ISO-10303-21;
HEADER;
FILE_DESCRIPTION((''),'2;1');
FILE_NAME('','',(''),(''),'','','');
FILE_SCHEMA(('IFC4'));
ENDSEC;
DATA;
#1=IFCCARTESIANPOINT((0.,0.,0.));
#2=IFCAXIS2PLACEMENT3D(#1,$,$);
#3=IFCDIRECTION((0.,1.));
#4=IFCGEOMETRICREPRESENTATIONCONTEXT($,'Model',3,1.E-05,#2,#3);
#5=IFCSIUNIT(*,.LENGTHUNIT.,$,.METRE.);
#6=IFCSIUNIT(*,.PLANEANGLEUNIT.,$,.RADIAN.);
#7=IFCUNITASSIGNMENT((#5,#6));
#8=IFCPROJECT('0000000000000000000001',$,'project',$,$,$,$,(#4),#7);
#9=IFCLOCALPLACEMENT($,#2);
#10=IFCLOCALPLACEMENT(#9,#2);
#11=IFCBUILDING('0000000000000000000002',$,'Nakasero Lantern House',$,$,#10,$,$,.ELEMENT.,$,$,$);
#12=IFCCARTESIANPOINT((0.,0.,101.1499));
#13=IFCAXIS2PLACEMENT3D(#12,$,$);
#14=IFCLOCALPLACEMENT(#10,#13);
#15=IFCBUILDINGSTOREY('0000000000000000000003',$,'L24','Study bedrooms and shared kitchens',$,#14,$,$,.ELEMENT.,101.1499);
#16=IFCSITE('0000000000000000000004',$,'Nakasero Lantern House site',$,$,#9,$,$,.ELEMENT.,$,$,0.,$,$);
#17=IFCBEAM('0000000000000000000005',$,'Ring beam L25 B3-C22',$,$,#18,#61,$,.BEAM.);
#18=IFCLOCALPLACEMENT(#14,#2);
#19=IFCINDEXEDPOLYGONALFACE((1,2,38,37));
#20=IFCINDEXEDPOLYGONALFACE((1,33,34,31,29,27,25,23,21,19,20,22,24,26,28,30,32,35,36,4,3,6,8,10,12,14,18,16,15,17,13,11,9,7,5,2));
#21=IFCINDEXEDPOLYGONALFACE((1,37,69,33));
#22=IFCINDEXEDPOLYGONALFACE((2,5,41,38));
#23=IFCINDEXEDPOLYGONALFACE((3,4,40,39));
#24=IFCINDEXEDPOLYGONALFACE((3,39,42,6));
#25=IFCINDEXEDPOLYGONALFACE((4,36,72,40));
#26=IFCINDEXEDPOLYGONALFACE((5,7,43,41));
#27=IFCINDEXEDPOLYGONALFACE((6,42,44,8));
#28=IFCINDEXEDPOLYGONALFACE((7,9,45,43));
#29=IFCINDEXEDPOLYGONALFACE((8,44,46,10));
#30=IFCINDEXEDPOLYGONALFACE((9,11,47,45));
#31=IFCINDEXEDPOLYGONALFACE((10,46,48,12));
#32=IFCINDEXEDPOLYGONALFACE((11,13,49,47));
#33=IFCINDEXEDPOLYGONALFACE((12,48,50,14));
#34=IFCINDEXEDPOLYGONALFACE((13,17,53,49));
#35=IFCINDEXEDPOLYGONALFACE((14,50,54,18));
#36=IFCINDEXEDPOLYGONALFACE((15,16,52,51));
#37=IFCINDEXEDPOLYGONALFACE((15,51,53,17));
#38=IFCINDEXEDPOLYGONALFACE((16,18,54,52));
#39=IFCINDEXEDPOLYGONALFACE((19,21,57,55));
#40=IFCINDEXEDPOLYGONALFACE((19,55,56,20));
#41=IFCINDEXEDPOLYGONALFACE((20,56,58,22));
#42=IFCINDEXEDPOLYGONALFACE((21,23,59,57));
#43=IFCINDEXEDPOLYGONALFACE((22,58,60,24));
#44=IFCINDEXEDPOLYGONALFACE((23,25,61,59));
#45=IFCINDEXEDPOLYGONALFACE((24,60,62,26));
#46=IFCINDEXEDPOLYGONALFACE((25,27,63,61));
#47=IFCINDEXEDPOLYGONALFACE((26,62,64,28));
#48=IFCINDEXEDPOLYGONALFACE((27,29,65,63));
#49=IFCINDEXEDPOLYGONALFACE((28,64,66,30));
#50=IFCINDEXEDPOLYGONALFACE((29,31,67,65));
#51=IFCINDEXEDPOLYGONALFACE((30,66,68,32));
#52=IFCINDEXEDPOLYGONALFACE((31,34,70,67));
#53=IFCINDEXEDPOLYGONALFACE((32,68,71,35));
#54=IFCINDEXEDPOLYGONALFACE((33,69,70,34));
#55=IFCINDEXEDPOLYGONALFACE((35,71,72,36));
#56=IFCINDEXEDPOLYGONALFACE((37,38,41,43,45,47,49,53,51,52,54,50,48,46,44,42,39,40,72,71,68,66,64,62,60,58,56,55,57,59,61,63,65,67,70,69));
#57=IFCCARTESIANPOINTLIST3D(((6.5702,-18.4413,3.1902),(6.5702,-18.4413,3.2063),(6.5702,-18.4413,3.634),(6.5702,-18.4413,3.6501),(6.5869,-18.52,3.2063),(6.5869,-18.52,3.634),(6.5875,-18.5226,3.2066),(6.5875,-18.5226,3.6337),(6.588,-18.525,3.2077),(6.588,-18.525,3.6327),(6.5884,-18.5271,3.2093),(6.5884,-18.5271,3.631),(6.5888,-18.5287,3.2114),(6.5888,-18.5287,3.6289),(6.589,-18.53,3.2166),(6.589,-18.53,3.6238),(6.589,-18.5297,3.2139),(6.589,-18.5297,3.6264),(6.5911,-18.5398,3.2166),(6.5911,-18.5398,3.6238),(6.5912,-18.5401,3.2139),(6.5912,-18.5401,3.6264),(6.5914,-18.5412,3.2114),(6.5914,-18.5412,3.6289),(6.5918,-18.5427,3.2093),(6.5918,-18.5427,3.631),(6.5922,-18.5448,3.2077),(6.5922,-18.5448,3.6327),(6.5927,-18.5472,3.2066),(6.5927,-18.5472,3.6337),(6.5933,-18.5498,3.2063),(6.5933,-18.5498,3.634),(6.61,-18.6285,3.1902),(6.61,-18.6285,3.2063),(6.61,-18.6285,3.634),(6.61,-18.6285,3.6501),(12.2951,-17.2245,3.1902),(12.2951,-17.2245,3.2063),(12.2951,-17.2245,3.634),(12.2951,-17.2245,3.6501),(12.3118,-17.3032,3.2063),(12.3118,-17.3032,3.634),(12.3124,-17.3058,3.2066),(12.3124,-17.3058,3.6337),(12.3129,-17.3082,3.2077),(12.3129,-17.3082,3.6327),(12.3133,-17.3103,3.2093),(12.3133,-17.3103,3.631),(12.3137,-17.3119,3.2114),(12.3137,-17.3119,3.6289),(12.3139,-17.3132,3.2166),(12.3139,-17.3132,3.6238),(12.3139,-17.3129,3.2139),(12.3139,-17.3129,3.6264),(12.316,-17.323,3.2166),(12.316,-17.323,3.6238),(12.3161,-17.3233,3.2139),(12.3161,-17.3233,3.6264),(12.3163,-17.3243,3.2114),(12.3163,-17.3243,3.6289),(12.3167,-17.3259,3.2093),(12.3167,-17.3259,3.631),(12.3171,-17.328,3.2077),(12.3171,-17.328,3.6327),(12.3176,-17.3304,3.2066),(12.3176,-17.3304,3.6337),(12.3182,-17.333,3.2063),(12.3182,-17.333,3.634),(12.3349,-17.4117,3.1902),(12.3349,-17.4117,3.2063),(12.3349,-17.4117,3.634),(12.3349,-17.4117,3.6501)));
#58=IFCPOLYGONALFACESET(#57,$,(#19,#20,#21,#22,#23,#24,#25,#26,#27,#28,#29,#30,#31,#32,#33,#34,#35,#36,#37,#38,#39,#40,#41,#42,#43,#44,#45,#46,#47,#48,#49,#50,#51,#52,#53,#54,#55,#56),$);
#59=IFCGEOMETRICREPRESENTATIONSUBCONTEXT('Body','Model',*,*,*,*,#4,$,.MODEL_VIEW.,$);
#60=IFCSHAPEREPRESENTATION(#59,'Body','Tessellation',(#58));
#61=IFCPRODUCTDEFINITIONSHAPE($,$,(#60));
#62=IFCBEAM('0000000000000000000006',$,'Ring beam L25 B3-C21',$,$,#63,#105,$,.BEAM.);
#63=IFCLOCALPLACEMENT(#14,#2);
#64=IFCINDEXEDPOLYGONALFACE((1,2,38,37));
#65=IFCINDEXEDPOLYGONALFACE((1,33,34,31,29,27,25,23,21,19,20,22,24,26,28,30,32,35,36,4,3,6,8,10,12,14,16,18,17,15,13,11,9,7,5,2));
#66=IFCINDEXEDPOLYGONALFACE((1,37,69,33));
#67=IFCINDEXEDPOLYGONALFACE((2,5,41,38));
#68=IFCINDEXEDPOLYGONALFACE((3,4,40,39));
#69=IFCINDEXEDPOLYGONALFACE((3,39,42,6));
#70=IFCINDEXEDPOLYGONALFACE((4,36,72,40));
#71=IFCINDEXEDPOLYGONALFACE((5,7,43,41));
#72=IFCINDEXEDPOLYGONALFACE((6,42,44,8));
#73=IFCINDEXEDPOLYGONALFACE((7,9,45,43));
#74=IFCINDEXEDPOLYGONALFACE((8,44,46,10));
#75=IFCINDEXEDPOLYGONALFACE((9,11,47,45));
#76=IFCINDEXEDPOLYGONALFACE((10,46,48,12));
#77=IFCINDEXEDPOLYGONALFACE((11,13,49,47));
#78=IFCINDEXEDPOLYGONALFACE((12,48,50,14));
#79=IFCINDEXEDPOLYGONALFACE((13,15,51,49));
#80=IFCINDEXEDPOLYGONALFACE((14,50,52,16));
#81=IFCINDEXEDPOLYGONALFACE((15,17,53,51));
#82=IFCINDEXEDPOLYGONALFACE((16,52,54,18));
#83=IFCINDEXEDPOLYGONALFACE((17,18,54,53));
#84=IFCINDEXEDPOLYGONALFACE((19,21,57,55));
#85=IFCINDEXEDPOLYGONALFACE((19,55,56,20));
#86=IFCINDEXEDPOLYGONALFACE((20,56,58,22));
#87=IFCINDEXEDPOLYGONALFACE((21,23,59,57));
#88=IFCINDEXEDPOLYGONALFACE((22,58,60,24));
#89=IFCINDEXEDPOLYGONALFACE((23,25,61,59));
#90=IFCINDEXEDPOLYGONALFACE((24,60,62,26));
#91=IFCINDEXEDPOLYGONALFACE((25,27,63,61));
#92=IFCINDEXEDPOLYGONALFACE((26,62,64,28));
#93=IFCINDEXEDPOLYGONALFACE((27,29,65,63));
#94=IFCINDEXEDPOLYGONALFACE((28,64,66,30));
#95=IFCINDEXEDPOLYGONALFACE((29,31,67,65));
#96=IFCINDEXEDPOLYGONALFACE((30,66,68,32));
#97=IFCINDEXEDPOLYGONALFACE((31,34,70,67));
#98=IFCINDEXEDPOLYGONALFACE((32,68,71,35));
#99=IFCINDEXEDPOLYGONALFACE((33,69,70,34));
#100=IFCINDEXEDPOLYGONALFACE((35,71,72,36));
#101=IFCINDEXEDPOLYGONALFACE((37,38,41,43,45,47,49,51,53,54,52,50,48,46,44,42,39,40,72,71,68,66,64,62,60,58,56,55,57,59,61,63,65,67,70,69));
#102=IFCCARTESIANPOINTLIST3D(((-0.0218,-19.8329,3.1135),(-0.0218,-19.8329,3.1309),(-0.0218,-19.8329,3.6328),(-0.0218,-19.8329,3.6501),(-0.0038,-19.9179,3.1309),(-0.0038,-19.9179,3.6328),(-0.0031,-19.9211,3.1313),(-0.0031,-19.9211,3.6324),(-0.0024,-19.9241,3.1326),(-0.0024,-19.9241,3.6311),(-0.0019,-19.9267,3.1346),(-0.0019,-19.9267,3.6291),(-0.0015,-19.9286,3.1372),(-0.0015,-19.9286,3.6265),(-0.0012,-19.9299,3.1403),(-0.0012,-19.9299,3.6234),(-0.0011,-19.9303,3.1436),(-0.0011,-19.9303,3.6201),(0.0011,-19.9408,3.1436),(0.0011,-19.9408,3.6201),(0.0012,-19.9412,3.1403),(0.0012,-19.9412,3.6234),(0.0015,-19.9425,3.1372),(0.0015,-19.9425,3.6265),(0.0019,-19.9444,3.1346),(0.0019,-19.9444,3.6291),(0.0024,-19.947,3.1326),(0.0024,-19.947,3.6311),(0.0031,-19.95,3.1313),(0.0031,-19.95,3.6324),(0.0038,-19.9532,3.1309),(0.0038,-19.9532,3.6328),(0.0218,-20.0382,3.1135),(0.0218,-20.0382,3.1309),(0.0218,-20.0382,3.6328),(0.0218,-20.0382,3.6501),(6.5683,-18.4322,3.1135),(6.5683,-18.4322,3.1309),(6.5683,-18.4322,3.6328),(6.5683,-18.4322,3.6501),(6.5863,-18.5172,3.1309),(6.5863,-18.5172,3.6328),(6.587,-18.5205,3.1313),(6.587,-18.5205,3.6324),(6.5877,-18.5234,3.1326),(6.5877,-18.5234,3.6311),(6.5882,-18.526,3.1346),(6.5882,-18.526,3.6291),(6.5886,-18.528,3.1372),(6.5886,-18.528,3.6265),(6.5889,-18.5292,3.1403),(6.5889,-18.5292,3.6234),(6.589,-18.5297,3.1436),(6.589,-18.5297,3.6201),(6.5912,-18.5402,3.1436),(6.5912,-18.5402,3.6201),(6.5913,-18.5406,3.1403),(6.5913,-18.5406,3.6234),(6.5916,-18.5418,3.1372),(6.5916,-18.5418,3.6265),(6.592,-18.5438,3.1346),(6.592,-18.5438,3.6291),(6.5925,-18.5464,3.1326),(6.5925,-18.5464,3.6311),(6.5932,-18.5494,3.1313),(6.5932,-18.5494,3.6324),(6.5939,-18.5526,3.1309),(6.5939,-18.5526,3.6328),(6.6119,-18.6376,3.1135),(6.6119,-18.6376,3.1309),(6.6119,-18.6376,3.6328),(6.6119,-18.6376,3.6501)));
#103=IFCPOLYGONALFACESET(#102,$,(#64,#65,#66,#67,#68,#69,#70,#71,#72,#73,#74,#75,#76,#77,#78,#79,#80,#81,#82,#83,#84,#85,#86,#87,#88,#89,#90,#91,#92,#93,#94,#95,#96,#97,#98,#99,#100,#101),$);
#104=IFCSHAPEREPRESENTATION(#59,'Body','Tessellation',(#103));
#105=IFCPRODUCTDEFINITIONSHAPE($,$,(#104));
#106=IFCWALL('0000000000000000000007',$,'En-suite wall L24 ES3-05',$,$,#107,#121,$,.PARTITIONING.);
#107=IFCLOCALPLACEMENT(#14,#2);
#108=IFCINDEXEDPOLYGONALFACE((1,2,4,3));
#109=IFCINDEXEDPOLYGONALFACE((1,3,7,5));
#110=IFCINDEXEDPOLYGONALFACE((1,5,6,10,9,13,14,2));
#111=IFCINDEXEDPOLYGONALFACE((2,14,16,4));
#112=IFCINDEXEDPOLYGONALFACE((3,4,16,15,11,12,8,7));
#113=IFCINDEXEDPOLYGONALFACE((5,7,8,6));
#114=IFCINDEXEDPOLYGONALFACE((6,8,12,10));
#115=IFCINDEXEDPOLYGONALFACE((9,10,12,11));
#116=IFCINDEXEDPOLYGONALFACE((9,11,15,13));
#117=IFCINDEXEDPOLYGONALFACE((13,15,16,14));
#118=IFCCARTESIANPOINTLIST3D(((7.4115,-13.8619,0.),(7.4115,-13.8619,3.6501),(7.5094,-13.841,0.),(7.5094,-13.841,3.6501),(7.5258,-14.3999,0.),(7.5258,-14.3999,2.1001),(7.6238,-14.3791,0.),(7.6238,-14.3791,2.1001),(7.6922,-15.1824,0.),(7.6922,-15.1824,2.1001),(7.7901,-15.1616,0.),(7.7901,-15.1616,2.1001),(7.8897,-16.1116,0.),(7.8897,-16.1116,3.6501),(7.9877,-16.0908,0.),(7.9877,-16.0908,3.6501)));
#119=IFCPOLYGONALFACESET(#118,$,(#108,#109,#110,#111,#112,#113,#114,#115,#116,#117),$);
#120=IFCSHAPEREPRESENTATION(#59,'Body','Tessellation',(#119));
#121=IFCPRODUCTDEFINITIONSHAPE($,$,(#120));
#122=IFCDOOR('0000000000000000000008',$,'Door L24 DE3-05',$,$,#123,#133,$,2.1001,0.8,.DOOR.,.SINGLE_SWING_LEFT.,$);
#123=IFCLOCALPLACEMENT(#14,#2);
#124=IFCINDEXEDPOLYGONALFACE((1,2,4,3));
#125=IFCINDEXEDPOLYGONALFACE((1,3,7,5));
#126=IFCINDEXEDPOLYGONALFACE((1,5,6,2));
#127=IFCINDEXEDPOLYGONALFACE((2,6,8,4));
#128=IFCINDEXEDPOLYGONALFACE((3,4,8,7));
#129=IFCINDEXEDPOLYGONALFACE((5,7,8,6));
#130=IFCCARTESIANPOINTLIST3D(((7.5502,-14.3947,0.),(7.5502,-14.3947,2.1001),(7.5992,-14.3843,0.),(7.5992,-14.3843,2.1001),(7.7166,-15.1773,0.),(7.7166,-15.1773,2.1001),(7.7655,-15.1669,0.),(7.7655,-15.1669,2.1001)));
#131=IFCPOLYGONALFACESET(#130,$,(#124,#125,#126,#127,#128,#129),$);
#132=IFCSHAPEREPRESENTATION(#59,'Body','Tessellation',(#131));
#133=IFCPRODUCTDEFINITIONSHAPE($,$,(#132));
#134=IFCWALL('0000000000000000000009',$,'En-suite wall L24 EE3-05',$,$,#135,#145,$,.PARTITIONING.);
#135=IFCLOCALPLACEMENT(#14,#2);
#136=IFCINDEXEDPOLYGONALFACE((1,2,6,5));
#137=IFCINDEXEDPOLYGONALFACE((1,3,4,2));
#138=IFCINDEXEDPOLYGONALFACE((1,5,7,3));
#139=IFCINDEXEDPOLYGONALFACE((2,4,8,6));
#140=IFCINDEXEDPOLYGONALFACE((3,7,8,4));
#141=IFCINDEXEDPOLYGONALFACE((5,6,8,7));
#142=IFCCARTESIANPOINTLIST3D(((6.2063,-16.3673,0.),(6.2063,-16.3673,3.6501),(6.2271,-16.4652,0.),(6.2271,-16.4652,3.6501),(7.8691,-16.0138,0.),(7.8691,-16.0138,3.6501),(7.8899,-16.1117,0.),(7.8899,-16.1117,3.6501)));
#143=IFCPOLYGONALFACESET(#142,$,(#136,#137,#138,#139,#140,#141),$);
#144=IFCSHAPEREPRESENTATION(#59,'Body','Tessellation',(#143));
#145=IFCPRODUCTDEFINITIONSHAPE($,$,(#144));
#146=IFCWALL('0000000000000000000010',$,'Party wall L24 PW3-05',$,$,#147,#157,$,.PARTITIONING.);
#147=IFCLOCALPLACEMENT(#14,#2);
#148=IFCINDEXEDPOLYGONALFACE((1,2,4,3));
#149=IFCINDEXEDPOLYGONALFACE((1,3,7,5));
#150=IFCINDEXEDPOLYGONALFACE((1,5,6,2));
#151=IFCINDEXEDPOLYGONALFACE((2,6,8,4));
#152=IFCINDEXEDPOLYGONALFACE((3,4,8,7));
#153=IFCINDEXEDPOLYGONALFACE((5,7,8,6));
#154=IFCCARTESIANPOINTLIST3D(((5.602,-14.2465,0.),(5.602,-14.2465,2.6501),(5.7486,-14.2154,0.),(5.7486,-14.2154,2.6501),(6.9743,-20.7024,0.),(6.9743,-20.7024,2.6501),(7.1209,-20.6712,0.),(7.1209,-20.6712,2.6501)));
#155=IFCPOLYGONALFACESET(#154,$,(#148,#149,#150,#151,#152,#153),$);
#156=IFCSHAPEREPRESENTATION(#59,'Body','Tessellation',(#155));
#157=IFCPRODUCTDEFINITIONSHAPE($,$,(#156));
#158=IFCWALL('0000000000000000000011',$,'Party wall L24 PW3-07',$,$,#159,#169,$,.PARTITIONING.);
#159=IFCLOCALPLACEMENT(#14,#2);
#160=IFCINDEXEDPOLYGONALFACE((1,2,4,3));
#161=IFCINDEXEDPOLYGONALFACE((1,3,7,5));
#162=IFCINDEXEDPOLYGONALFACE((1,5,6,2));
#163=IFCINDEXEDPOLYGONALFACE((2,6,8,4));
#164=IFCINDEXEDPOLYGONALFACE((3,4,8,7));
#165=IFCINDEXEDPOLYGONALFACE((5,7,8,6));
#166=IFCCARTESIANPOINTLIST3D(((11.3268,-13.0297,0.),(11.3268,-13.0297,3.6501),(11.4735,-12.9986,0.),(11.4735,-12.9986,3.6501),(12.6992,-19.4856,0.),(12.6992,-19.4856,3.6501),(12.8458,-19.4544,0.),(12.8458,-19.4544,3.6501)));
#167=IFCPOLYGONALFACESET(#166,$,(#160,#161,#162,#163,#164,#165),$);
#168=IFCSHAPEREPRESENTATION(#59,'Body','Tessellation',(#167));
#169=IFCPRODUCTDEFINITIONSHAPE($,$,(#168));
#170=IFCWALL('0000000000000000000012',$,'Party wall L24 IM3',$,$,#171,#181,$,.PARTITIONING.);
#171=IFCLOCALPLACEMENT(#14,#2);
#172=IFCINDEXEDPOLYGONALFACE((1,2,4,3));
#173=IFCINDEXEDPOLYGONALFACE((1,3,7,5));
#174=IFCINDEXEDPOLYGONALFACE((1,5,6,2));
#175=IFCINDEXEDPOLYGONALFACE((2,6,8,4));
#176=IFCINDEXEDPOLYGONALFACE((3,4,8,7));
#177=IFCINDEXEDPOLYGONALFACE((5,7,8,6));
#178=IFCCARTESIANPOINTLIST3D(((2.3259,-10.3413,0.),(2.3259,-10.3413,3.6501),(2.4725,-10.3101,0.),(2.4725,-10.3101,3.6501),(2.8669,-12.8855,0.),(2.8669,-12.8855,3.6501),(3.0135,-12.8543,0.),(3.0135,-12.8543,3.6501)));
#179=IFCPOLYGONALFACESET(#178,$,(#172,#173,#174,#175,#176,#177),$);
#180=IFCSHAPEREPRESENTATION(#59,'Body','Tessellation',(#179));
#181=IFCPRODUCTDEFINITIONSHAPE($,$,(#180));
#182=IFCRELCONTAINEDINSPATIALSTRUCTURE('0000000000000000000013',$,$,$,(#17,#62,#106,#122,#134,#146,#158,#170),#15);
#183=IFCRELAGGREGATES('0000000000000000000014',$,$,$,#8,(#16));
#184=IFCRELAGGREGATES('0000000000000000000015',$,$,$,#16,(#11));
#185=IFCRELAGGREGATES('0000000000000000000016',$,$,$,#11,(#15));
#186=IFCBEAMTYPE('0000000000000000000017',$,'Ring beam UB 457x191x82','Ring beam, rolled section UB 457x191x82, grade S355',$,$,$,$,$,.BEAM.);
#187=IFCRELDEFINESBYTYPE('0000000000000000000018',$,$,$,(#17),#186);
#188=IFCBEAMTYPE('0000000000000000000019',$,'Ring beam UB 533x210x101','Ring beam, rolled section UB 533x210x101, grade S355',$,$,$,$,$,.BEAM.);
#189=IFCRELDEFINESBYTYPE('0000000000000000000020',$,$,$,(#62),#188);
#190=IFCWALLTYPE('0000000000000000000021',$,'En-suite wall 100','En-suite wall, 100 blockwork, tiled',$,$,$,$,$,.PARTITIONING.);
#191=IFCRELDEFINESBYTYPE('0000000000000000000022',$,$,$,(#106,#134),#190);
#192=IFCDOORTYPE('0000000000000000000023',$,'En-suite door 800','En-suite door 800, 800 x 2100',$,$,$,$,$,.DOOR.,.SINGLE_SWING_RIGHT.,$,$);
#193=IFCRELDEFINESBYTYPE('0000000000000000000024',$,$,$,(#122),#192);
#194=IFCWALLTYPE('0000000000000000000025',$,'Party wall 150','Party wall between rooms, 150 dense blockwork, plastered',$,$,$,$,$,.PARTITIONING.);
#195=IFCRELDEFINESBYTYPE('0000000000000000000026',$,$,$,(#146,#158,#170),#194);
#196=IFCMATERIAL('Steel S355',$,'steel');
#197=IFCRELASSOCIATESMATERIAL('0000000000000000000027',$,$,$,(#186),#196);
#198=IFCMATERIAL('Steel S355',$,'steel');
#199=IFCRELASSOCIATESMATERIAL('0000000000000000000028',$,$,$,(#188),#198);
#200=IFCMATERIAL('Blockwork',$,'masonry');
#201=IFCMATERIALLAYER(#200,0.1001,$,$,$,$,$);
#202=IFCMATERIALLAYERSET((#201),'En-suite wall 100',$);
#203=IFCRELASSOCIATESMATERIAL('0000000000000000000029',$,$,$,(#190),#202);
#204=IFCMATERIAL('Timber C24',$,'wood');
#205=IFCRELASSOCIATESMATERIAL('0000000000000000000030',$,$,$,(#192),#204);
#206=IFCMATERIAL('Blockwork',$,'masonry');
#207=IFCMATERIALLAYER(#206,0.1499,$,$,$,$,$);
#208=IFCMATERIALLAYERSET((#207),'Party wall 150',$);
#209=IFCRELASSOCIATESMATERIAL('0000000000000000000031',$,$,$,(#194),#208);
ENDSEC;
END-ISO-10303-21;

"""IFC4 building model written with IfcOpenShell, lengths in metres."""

from ifc_helpers import new_model, si_unit, direction, frame, frame_2d, origin, origin_2d, place, context, subcontext, project, spatial, rectangle, i_section, extrude, material, layer, layer_set, material_profile, profile_set, type_object, element, fill, save


model = new_model("IFC4")

# Units and contexts
model_context = context("Model", 3, precision=1e-05, world=origin(), true_north=direction((0.0, 1.0)))
body_context = subcontext(model_context, "Body", "Model", "MODEL_VIEW")
ifc_project = project(units=[si_unit("LENGTHUNIT", "METRE"), si_unit("PLANEANGLEUNIT", "RADIAN")], contexts=[model_context])

# Site, building, storey
site_placement = place(None, origin())
site = spatial("IfcSite", under=ifc_project, at=site_placement, Name="Nakasero Lantern House site", CompositionType="ELEMENT", RefElevation=0.0)
building_placement = place(site_placement, origin())
building = spatial("IfcBuilding", under=site, at=building_placement, Name="Nakasero Lantern House", CompositionType="ELEMENT")
storey_placement = place(building_placement, frame((0.0, 0.0, 101.1499)))
storey = spatial("IfcBuildingStorey", under=building, at=storey_placement, Name="L24", Description="Study bedrooms and shared kitchens", CompositionType="ELEMENT", Elevation=101.1499)

# Beams
ifc_material_1 = material(Name="Steel S355", Category="steel")
ifc_material_profile_1 = material_profile(ifc_material_1, i_section(OverallWidth=0.1914, OverallDepth=0.46, WebThickness=0.01, FlangeThickness=0.0161, FilletRadius=0.0103, at=origin_2d()), Name="UB 457x191x82")
ifc_profile_set_1 = profile_set([ifc_material_profile_1], Name="Steel S355")
beam_type_1 = type_object("IfcBeamType", Name="Ring beam UB 457x191x82", Description="Ring beam, rolled section UB 457x191x82, grade S355", PredefinedType="BEAM", material=ifc_profile_set_1)
beam_1_placement = place(storey_placement, frame((6.5901, -18.5349, 3.4202), z_axis=(0.97815, 0.207902, 0.0), x_axis=(-0.207902, 0.97815, 0.0)))
element("IfcBeam", 1, at=beam_1_placement, inside=storey, type_object=beam_type_1, Name="Ring beam L25 B3-C22", PredefinedType="BEAM", context=body_context, shape_type="SweptSolid", body=[
    extrude(i_section(OverallWidth=0.1914, OverallDepth=0.46, WebThickness=0.01, FlangeThickness=0.0161, FilletRadius=0.0103, at=origin_2d()), origin(), (0.0, 0.0, 1.0), 5.8528),
])
ifc_material_2 = material(Name="Steel S355", Category="steel")
ifc_material_profile_2 = material_profile(ifc_material_2, i_section(OverallWidth=0.21, OverallDepth=0.5366, WebThickness=0.0107, FlangeThickness=0.0173, FilletRadius=0.0127, at=origin_2d()), Name="UB 533x210x101")
ifc_profile_set_2 = profile_set([ifc_material_profile_2], Name="Steel S355")
beam_type_2 = type_object("IfcBeamType", Name="Ring beam UB 533x210x101", Description="Ring beam, rolled section UB 533x210x101, grade S355", PredefinedType="BEAM", material=ifc_profile_set_2)
beam_2_placement = place(storey_placement, frame((0.0, -19.9355, 3.3818), z_axis=(0.978152, 0.207893, 0.0), x_axis=(-0.207893, 0.978152, 0.0)))
element("IfcBeam", 2, at=beam_2_placement, inside=storey, type_object=beam_type_2, Name="Ring beam L25 B3-C21", PredefinedType="BEAM", context=body_context, shape_type="SweptSolid", body=[
    extrude(i_section(OverallWidth=0.21, OverallDepth=0.5366, WebThickness=0.0107, FlangeThickness=0.0173, FilletRadius=0.0127, at=origin_2d()), origin(), (0.0, 0.0, 1.0), 6.7373),
])

# Wall, opening, door
ifc_material_3 = material(Name="Blockwork", Category="masonry")
ifc_layer_1 = layer(ifc_material_3, 0.1001)
ifc_layer_set_1 = layer_set([ifc_layer_1], Name="En-suite wall 100")
wall_type_1 = type_object("IfcWallType", Name="En-suite wall 100", Description="En-suite wall, 100 blockwork, tiled", PredefinedType="PARTITIONING", material=ifc_layer_set_1)
wall_1_placement = place(storey_placement, frame((7.4604, -13.8516, 0.0), z_axis=(0.0, 0.0, 1.0), x_axis=(0.207941, -0.978141, 0.0)))
wall_1 = element("IfcWall", 3, at=wall_1_placement, inside=storey, type_object=wall_type_1, Name="En-suite wall L24 ES3-05", PredefinedType="PARTITIONING", context=body_context, shape_type="SweptSolid", body=[
    extrude(rectangle(XDim=2.3, YDim=0.1001, at=frame_2d((1.1499, 0.0))), origin(), (0.0, 0.0, 1.0), 3.6501),
])
opening_placement = place(wall_1_placement, frame((0.55, 0.0, 0.0)))
opening = element("IfcOpeningElement", 4, at=opening_placement, cuts=wall_1, PredefinedType="OPENING", context=body_context, shape_type="SweptSolid", body=[
    extrude(rectangle(XDim=0.8, YDim=2.1001, at=frame_2d((0.3999, 1.05))), frame((0.0, 0.0701, 0.0), z_axis=(0.0, -1.0, 0.0), x_axis=(1.0, 0.0, 0.0)), (0.0, 0.0, 1.0), 0.1401),
])
ifc_material_4 = material(Name="Timber C24", Category="wood")
door_type = type_object("IfcDoorType", Name="En-suite door 800", Description="En-suite door 800, 800 x 2100", OperationType="SINGLE_SWING_RIGHT", PredefinedType="DOOR", material=ifc_material_4)
door_placement = place(opening_placement, origin())
door = element("IfcDoor", 5, at=door_placement, inside=storey, type_object=door_type, Name="Door L24 DE3-05", OperationType="SINGLE_SWING_LEFT", OverallHeight=2.1001, OverallWidth=0.8, PredefinedType="DOOR", context=body_context, shape_type="SweptSolid", body=[
    extrude(rectangle(XDim=0.8, YDim=2.1001, at=frame_2d((0.3999, 1.05))), frame((0.0, 0.0249, 0.0), z_axis=(0.0, -1.0, 0.0), x_axis=(1.0, 0.0, 0.0)), (0.0, 0.0, 1.0), 0.05),
])
fill(opening, door)

# Walls
wall_2_placement = place(storey_placement, frame((6.2166, -16.4163, 0.0), z_axis=(0.0, 0.0, 1.0), x_axis=(0.97814, 0.20795, 0.0)))
element("IfcWall", 6, at=wall_2_placement, inside=storey, type_object=wall_type_1, Name="En-suite wall L24 EE3-05", PredefinedType="PARTITIONING", context=body_context, shape_type="SweptSolid", body=[
    extrude(rectangle(XDim=1.7, YDim=0.1001, at=frame_2d((0.8501, 0.0))), origin(), (0.0, 0.0, 1.0), 3.6501),
])
ifc_material_5 = material(Name="Blockwork", Category="masonry")
ifc_layer_2 = layer(ifc_material_5, 0.1499)
ifc_layer_set_2 = layer_set([ifc_layer_2], Name="Party wall 150")
wall_type_2 = type_object("IfcWallType", Name="Party wall 150", Description="Party wall between rooms, 150 dense blockwork, plastered", PredefinedType="PARTITIONING", material=ifc_layer_set_2)
wall_3_placement = place(storey_placement, frame((5.6753, -14.231, 0.0), z_axis=(0.0, 0.0, 1.0), x_axis=(0.207925, -0.978145, 0.0)))
element("IfcWall", 7, at=wall_3_placement, inside=storey, type_object=wall_type_2, Name="Party wall L24 PW3-05", PredefinedType="PARTITIONING", context=body_context, shape_type="SweptSolid", body=[
    extrude(rectangle(XDim=6.6001, YDim=0.1499, at=frame_2d((3.3, 0.0))), origin(), (0.0, 0.0, 1.0), 2.6501),
])
wall_4_placement = place(storey_placement, frame((11.4001, -13.0142, 0.0), z_axis=(0.0, 0.0, 1.0), x_axis=(0.207925, -0.978145, 0.0)))
element("IfcWall", 8, at=wall_4_placement, inside=storey, type_object=wall_type_2, Name="Party wall L24 PW3-07", PredefinedType="PARTITIONING", context=body_context, shape_type="SweptSolid", body=[
    extrude(rectangle(XDim=6.6001, YDim=0.1499, at=frame_2d((3.3, 0.0))), origin(), (0.0, 0.0, 1.0), 3.6501),
])
wall_5_placement = place(storey_placement, frame((2.9402, -12.8699, 0.0), z_axis=(0.0, 0.0, 1.0), x_axis=(-0.207997, 0.978129, 0.0)))
element("IfcWall", 9, at=wall_5_placement, inside=storey, type_object=wall_type_2, Name="Party wall L24 IM3", PredefinedType="PARTITIONING", context=body_context, shape_type="SweptSolid", body=[
    extrude(rectangle(XDim=2.6011, YDim=0.1499, at=frame_2d((1.3005, 0.0))), origin(), (0.0, 0.0, 1.0), 3.6501),
])

save(model, "model.ifc")
